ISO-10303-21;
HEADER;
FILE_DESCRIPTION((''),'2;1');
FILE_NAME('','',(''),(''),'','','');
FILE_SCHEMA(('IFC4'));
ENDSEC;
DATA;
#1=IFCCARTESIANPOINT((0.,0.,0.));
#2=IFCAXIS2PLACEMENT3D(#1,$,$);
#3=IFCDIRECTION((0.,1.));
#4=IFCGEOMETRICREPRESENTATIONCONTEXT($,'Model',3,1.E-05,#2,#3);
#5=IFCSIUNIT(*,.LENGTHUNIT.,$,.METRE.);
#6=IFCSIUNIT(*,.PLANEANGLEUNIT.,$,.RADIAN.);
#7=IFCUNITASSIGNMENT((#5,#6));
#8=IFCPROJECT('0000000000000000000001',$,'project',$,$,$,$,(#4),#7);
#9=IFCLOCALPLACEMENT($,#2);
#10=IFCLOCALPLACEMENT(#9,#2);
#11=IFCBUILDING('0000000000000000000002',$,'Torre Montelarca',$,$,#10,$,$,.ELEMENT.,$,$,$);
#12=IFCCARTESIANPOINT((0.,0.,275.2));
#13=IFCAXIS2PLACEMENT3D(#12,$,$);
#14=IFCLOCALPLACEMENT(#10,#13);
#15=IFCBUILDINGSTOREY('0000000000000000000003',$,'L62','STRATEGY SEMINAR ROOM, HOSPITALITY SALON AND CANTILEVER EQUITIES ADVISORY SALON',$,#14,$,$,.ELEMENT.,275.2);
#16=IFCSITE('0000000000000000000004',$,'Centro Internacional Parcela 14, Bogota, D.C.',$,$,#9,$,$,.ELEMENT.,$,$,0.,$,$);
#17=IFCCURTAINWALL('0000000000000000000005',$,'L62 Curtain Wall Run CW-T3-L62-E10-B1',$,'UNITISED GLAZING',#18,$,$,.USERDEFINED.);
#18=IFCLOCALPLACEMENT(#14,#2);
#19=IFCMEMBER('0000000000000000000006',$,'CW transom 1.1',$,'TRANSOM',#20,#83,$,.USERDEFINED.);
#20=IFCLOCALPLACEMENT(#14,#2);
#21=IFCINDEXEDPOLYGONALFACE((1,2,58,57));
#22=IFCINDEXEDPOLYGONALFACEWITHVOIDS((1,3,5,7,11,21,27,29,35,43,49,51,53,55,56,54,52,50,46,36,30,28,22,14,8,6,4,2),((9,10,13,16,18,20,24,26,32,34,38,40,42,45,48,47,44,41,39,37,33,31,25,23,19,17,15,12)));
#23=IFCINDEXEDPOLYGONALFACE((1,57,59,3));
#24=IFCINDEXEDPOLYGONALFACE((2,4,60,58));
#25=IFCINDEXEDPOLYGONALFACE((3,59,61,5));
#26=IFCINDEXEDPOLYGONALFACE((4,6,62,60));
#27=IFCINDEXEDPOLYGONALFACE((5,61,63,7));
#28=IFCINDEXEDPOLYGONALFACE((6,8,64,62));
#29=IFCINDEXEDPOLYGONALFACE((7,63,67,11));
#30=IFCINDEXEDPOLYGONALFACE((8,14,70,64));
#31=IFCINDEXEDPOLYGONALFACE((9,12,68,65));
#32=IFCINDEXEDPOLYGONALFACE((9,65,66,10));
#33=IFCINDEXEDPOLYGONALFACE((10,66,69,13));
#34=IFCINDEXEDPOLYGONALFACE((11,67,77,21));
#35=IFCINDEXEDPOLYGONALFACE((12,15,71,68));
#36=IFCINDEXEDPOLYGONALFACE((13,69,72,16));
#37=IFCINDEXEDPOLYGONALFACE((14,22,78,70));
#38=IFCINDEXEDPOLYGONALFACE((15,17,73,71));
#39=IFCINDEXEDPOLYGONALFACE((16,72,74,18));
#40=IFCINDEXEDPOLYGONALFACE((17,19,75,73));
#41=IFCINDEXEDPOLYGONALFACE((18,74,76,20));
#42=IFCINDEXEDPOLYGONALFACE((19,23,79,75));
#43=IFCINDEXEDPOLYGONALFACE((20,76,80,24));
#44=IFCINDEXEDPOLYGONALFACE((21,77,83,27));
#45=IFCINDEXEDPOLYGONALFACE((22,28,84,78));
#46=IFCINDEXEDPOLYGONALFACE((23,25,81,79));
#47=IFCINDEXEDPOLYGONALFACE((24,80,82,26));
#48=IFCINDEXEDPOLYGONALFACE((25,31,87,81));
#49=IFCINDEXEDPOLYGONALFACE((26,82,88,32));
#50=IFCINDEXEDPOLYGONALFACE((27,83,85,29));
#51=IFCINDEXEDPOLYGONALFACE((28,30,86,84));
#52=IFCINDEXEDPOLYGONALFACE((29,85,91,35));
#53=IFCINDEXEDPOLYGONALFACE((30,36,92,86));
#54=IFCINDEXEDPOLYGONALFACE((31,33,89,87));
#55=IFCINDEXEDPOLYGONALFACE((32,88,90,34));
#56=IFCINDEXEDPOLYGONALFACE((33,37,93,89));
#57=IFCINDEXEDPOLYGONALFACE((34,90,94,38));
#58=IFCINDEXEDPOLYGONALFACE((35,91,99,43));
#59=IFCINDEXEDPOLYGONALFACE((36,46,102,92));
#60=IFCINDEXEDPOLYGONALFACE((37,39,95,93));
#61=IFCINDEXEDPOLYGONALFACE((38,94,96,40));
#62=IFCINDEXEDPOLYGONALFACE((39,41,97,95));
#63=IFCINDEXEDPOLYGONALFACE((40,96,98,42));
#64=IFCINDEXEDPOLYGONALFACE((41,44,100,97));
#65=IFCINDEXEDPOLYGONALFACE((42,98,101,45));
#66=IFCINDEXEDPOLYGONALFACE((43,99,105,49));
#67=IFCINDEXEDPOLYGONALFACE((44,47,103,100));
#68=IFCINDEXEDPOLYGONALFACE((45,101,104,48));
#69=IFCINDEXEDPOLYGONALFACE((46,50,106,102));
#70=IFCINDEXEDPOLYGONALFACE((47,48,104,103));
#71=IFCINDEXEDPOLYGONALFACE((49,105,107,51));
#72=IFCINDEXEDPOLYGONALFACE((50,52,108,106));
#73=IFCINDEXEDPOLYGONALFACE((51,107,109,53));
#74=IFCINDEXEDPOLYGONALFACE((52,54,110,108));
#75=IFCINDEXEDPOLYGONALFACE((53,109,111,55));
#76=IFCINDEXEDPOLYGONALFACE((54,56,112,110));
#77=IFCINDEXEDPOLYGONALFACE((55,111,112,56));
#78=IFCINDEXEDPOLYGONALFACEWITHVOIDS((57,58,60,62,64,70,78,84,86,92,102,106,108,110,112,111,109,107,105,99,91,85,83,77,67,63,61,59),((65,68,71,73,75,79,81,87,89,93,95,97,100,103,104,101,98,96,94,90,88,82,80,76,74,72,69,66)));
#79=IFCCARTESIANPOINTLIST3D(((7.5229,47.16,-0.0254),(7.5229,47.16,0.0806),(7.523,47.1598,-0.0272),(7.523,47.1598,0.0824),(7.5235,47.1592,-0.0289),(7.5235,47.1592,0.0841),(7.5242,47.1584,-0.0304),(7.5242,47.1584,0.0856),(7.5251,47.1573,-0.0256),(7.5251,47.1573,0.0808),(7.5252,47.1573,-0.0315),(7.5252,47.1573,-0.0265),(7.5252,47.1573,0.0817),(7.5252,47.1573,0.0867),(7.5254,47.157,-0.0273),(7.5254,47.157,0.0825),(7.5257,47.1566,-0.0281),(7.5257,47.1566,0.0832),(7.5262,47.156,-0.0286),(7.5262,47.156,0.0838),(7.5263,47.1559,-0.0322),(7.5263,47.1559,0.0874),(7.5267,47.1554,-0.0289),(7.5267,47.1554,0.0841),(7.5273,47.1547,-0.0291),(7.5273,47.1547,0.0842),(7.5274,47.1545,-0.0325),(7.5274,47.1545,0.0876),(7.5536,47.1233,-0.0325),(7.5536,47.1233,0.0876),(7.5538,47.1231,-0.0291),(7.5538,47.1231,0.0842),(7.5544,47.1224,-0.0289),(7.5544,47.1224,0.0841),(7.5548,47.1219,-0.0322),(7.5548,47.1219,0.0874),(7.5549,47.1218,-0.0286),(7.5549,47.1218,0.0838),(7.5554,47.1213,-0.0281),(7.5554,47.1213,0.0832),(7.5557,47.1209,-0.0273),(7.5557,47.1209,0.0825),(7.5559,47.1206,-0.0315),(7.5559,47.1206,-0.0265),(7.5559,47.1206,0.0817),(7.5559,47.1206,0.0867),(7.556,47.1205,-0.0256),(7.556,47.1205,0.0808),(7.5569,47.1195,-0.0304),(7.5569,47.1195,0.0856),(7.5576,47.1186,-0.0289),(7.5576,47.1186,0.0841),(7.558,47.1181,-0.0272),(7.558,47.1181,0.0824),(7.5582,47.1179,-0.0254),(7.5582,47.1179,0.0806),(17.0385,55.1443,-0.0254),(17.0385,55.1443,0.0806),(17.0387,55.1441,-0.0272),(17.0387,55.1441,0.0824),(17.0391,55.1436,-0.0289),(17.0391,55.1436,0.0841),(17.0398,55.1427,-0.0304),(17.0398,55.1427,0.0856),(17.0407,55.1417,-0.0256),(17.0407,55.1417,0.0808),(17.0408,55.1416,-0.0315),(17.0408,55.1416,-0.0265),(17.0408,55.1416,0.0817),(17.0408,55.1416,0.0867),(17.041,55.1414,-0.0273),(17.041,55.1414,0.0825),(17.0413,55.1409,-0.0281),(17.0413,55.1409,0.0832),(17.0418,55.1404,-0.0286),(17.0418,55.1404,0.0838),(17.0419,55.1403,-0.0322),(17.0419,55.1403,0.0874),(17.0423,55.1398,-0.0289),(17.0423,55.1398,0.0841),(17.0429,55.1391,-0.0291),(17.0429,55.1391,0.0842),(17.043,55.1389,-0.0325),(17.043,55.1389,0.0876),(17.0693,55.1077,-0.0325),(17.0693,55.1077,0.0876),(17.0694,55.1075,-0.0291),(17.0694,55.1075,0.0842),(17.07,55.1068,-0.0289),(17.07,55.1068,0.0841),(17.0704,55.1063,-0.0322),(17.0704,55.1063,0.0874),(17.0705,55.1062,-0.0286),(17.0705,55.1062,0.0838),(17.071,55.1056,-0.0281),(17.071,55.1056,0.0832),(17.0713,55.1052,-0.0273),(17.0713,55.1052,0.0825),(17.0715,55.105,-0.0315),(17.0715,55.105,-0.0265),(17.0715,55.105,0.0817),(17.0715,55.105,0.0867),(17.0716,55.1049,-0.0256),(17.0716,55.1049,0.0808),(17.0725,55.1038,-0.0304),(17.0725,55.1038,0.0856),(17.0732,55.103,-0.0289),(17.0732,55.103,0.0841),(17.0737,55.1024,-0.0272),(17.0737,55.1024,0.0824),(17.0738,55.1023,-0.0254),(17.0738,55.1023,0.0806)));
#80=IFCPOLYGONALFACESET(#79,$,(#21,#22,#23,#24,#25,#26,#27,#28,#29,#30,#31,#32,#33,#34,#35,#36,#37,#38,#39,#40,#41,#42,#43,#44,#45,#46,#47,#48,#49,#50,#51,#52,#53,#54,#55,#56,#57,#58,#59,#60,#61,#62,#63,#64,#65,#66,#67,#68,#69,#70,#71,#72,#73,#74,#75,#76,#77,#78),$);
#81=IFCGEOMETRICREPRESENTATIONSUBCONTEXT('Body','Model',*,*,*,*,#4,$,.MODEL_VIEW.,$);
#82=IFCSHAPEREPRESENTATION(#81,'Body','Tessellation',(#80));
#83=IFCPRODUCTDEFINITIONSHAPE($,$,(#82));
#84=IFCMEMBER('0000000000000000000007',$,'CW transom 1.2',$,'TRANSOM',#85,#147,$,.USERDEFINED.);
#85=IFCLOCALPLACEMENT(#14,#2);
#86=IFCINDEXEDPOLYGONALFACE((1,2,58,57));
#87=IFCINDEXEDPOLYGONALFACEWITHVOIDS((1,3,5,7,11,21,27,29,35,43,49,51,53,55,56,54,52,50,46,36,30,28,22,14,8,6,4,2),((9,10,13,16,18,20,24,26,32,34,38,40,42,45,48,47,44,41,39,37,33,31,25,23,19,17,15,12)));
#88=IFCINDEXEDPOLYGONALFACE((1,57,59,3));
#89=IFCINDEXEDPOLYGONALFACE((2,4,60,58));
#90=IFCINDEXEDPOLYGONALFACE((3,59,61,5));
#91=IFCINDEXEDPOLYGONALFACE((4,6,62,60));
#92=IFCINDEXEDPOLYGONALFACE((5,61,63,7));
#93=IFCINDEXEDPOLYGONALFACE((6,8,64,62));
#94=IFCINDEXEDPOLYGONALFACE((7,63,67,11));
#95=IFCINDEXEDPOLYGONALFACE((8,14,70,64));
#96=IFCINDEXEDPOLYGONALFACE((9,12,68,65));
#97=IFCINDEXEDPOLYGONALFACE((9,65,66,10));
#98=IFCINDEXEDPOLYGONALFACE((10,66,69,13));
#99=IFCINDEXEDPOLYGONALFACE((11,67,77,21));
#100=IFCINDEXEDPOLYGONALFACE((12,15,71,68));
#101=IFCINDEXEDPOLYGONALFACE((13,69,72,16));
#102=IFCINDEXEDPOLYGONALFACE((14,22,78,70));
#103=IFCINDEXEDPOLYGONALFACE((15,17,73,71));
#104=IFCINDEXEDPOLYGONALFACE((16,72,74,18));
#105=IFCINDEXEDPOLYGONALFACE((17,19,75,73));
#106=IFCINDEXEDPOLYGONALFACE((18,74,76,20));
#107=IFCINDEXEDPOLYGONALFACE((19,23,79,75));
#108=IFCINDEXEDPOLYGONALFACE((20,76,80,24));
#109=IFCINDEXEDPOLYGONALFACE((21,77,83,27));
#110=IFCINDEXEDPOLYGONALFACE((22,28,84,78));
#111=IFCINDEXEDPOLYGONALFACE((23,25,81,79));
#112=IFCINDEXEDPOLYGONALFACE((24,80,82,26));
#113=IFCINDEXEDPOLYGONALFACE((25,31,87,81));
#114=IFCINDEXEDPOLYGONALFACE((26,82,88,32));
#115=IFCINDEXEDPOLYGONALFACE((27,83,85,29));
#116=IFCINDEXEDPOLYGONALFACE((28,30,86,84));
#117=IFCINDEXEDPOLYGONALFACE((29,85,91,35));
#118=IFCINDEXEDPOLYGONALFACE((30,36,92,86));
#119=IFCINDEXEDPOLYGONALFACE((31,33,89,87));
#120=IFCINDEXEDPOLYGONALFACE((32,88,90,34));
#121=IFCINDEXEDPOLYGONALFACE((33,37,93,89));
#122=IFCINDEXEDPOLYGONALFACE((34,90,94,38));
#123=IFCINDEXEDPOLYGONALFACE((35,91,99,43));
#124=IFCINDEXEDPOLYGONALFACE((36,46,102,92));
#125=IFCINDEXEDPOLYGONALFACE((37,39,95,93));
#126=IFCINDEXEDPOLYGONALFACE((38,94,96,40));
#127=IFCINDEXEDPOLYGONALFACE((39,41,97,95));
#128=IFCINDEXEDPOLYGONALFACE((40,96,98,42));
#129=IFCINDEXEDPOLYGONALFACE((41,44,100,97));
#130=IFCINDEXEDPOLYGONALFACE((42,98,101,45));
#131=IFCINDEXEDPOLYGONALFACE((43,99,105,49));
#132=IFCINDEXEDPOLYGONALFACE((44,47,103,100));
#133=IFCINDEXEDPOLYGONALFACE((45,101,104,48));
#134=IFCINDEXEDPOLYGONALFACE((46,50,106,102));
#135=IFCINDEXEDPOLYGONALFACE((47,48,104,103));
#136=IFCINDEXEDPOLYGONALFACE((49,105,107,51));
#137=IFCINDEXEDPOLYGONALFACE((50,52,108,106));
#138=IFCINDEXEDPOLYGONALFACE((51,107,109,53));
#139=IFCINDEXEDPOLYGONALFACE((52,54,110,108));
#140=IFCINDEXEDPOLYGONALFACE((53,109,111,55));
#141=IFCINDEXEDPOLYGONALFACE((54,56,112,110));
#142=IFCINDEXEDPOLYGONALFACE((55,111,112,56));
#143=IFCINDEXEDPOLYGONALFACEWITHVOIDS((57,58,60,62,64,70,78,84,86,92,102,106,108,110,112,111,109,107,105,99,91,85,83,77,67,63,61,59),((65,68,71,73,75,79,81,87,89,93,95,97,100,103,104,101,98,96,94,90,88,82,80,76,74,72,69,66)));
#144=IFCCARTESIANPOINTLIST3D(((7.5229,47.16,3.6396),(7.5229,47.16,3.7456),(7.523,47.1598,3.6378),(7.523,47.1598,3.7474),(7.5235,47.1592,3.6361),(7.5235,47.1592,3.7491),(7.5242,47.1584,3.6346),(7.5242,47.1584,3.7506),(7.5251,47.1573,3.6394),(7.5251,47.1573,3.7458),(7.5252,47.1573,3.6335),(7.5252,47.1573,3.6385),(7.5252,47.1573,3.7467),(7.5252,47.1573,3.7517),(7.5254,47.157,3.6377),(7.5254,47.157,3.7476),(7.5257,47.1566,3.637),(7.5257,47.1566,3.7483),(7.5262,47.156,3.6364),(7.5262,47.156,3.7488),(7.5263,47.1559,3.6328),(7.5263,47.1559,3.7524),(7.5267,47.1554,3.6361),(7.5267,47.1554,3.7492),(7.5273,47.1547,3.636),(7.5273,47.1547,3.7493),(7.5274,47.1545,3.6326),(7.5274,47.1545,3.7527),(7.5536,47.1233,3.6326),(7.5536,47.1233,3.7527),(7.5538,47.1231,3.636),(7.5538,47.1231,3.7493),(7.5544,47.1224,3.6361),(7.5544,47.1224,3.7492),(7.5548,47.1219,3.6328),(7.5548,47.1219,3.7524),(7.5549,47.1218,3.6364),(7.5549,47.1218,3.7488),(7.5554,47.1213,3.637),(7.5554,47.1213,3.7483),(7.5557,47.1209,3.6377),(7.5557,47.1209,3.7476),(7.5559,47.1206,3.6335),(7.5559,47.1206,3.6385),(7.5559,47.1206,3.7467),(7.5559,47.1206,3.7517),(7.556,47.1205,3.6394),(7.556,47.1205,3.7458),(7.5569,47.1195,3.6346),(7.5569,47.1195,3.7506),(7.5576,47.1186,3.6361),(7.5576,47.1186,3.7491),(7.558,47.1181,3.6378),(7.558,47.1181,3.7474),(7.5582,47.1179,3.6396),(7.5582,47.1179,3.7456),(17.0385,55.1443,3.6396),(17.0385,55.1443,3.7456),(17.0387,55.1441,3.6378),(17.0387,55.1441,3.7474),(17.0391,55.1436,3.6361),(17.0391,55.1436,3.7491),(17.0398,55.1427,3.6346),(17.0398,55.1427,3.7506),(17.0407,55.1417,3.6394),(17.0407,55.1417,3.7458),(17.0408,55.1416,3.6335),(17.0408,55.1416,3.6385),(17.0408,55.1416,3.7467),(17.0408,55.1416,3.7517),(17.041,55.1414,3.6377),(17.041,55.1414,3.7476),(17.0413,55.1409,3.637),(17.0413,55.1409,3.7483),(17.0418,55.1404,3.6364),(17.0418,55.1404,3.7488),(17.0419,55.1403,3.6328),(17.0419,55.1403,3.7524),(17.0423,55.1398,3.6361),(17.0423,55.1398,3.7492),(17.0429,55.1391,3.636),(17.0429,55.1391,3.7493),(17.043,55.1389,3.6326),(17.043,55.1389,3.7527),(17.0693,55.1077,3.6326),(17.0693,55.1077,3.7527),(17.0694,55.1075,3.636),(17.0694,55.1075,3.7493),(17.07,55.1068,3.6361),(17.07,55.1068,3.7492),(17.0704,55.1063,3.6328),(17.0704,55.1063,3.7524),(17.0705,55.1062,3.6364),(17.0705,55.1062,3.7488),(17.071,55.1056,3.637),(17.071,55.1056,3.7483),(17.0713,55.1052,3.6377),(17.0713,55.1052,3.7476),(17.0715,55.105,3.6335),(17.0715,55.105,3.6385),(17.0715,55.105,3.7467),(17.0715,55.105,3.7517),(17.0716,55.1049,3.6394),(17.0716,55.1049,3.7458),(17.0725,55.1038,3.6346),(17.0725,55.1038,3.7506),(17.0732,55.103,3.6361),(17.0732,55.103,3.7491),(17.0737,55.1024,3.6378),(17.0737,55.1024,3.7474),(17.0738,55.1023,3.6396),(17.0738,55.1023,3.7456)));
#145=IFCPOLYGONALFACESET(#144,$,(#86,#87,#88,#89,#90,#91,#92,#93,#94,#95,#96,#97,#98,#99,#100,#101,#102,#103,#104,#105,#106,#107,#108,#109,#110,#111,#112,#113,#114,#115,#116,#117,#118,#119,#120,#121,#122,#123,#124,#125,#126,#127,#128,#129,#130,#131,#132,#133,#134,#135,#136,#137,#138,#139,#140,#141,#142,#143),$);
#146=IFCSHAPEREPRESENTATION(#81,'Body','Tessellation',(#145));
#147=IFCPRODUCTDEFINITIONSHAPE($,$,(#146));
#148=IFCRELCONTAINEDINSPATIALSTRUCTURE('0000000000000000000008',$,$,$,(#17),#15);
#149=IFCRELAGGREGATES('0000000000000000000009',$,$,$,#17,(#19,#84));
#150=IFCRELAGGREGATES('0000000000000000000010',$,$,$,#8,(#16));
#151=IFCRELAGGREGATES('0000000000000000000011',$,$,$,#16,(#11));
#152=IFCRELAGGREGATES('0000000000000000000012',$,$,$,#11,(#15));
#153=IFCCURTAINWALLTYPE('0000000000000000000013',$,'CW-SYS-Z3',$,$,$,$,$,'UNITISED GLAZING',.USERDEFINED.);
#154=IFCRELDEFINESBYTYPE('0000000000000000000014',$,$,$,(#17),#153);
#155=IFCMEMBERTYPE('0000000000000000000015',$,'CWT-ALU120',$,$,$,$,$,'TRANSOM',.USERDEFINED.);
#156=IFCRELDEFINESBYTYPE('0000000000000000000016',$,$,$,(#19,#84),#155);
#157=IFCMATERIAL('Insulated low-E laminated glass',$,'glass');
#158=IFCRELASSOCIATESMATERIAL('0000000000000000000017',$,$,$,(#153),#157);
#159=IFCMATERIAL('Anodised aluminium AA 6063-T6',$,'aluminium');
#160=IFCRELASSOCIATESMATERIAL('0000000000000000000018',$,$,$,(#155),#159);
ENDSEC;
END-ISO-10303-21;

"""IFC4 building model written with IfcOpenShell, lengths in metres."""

from ifc_helpers import new_model, si_unit, direction, frame, origin, origin_2d, place, context, subcontext, project, spatial, hollow_rectangle, extrude, source, transform, mapped, material, material_profile, profile_set, type_object, element, aggregate, save


model = new_model("IFC4")

# Units and contexts
model_context = context("Model", 3, precision=1e-05, world=origin(), true_north=direction((0.0, 1.0)))
body_context = subcontext(model_context, "Body", "Model", "MODEL_VIEW")
ifc_project = project(units=[si_unit("LENGTHUNIT", "METRE"), si_unit("PLANEANGLEUNIT", "RADIAN")], contexts=[model_context])

# Site, building, storey
site_placement = place(None, origin())
site = spatial("IfcSite", under=ifc_project, at=site_placement, Name="Centro Internacional Parcela 14, Bogota, D.C.", CompositionType="ELEMENT", RefElevation=0.0)
building_placement = place(site_placement, origin())
building = spatial("IfcBuilding", under=site, at=building_placement, Name="Torre Montelarca", CompositionType="ELEMENT")
storey_placement = place(building_placement, frame((0.0, 0.0, 275.2)))
storey = spatial("IfcBuildingStorey", under=building, at=storey_placement, Name="L62", Description="STRATEGY SEMINAR ROOM, HOSPITALITY SALON AND CANTILEVER EQUITIES ADVISORY SALON", CompositionType="ELEMENT", Elevation=275.2)

# Curtain wall, members
ifc_material_1 = material(Name="Insulated low-E laminated glass", Category="glass")
curtain_wall_type = type_object("IfcCurtainWallType", Name="CW-SYS-Z3", ElementType="UNITISED GLAZING", PredefinedType="USERDEFINED", material=ifc_material_1)
ifc_material_2 = material(Name="Anodised aluminium AA 6063-T6", Category="aluminium")
ifc_material_profile_1 = material_profile(ifc_material_2, hollow_rectangle(XDim=0.0549, YDim=0.1201, WallThickness=0.0034, InnerFilletRadius=0.0034, OuterFilletRadius=0.0071, at=origin_2d()), Name="ALU55X120X3.5", Category="aluminium")
ifc_profile_set_1 = profile_set([ifc_material_profile_1], Name="Anodised aluminium AA 6063-T6")
member_type_1 = type_object("IfcMemberType", Name="CWT-ALU120", ElementType="TRANSOM", PredefinedType="USERDEFINED", material=ifc_profile_set_1)
curtain_wall_1_placement = place(storey_placement, origin())
curtain_wall_1 = element("IfcCurtainWall", 1, at=curtain_wall_1_placement, inside=storey, type_object=curtain_wall_type, Name="L62 Curtain Wall Run CW-T3-L62-E10-B1", ObjectType="UNITISED GLAZING", PredefinedType="USERDEFINED")
shared_shape_1 = source(origin(), body_context, "Body", "SweptSolid", [
    extrude(hollow_rectangle(XDim=0.0549, YDim=0.1201, WallThickness=0.0034, InnerFilletRadius=0.0034, OuterFilletRadius=0.0071, at=origin_2d()), origin(), (0.0, 0.0, 1.0), 12.4216),
])
member_1_placement = place(storey_placement, frame((17.0562, 55.1233, 0.0276), z_axis=(-0.766052, -0.642779, 0.0), x_axis=(0.642779, -0.766052, 0.0)))
member_1 = element("IfcMember", 2, at=member_1_placement, type_object=member_type_1, Name="CW transom 1.1", ObjectType="TRANSOM", PredefinedType="USERDEFINED", context=body_context, shape_type="MappedRepresentation", body=[
    mapped(shared_shape_1, transform((0.0, 0.0, 0.0), scale=1.0)),
])
member_2_placement = place(storey_placement, frame((17.0562, 55.1233, 3.6926), z_axis=(-0.766052, -0.642779, 0.0), x_axis=(0.642779, -0.766052, 0.0)))
member_2 = element("IfcMember", 3, at=member_2_placement, type_object=member_type_1, Name="CW transom 1.2", ObjectType="TRANSOM", PredefinedType="USERDEFINED", context=body_context, shape_type="MappedRepresentation", body=[
    mapped(shared_shape_1, transform((0.0, 0.0, 0.0), scale=1.0)),
])

aggregate(curtain_wall_1, [member_1, member_2])

save(model, "model.ifc")
